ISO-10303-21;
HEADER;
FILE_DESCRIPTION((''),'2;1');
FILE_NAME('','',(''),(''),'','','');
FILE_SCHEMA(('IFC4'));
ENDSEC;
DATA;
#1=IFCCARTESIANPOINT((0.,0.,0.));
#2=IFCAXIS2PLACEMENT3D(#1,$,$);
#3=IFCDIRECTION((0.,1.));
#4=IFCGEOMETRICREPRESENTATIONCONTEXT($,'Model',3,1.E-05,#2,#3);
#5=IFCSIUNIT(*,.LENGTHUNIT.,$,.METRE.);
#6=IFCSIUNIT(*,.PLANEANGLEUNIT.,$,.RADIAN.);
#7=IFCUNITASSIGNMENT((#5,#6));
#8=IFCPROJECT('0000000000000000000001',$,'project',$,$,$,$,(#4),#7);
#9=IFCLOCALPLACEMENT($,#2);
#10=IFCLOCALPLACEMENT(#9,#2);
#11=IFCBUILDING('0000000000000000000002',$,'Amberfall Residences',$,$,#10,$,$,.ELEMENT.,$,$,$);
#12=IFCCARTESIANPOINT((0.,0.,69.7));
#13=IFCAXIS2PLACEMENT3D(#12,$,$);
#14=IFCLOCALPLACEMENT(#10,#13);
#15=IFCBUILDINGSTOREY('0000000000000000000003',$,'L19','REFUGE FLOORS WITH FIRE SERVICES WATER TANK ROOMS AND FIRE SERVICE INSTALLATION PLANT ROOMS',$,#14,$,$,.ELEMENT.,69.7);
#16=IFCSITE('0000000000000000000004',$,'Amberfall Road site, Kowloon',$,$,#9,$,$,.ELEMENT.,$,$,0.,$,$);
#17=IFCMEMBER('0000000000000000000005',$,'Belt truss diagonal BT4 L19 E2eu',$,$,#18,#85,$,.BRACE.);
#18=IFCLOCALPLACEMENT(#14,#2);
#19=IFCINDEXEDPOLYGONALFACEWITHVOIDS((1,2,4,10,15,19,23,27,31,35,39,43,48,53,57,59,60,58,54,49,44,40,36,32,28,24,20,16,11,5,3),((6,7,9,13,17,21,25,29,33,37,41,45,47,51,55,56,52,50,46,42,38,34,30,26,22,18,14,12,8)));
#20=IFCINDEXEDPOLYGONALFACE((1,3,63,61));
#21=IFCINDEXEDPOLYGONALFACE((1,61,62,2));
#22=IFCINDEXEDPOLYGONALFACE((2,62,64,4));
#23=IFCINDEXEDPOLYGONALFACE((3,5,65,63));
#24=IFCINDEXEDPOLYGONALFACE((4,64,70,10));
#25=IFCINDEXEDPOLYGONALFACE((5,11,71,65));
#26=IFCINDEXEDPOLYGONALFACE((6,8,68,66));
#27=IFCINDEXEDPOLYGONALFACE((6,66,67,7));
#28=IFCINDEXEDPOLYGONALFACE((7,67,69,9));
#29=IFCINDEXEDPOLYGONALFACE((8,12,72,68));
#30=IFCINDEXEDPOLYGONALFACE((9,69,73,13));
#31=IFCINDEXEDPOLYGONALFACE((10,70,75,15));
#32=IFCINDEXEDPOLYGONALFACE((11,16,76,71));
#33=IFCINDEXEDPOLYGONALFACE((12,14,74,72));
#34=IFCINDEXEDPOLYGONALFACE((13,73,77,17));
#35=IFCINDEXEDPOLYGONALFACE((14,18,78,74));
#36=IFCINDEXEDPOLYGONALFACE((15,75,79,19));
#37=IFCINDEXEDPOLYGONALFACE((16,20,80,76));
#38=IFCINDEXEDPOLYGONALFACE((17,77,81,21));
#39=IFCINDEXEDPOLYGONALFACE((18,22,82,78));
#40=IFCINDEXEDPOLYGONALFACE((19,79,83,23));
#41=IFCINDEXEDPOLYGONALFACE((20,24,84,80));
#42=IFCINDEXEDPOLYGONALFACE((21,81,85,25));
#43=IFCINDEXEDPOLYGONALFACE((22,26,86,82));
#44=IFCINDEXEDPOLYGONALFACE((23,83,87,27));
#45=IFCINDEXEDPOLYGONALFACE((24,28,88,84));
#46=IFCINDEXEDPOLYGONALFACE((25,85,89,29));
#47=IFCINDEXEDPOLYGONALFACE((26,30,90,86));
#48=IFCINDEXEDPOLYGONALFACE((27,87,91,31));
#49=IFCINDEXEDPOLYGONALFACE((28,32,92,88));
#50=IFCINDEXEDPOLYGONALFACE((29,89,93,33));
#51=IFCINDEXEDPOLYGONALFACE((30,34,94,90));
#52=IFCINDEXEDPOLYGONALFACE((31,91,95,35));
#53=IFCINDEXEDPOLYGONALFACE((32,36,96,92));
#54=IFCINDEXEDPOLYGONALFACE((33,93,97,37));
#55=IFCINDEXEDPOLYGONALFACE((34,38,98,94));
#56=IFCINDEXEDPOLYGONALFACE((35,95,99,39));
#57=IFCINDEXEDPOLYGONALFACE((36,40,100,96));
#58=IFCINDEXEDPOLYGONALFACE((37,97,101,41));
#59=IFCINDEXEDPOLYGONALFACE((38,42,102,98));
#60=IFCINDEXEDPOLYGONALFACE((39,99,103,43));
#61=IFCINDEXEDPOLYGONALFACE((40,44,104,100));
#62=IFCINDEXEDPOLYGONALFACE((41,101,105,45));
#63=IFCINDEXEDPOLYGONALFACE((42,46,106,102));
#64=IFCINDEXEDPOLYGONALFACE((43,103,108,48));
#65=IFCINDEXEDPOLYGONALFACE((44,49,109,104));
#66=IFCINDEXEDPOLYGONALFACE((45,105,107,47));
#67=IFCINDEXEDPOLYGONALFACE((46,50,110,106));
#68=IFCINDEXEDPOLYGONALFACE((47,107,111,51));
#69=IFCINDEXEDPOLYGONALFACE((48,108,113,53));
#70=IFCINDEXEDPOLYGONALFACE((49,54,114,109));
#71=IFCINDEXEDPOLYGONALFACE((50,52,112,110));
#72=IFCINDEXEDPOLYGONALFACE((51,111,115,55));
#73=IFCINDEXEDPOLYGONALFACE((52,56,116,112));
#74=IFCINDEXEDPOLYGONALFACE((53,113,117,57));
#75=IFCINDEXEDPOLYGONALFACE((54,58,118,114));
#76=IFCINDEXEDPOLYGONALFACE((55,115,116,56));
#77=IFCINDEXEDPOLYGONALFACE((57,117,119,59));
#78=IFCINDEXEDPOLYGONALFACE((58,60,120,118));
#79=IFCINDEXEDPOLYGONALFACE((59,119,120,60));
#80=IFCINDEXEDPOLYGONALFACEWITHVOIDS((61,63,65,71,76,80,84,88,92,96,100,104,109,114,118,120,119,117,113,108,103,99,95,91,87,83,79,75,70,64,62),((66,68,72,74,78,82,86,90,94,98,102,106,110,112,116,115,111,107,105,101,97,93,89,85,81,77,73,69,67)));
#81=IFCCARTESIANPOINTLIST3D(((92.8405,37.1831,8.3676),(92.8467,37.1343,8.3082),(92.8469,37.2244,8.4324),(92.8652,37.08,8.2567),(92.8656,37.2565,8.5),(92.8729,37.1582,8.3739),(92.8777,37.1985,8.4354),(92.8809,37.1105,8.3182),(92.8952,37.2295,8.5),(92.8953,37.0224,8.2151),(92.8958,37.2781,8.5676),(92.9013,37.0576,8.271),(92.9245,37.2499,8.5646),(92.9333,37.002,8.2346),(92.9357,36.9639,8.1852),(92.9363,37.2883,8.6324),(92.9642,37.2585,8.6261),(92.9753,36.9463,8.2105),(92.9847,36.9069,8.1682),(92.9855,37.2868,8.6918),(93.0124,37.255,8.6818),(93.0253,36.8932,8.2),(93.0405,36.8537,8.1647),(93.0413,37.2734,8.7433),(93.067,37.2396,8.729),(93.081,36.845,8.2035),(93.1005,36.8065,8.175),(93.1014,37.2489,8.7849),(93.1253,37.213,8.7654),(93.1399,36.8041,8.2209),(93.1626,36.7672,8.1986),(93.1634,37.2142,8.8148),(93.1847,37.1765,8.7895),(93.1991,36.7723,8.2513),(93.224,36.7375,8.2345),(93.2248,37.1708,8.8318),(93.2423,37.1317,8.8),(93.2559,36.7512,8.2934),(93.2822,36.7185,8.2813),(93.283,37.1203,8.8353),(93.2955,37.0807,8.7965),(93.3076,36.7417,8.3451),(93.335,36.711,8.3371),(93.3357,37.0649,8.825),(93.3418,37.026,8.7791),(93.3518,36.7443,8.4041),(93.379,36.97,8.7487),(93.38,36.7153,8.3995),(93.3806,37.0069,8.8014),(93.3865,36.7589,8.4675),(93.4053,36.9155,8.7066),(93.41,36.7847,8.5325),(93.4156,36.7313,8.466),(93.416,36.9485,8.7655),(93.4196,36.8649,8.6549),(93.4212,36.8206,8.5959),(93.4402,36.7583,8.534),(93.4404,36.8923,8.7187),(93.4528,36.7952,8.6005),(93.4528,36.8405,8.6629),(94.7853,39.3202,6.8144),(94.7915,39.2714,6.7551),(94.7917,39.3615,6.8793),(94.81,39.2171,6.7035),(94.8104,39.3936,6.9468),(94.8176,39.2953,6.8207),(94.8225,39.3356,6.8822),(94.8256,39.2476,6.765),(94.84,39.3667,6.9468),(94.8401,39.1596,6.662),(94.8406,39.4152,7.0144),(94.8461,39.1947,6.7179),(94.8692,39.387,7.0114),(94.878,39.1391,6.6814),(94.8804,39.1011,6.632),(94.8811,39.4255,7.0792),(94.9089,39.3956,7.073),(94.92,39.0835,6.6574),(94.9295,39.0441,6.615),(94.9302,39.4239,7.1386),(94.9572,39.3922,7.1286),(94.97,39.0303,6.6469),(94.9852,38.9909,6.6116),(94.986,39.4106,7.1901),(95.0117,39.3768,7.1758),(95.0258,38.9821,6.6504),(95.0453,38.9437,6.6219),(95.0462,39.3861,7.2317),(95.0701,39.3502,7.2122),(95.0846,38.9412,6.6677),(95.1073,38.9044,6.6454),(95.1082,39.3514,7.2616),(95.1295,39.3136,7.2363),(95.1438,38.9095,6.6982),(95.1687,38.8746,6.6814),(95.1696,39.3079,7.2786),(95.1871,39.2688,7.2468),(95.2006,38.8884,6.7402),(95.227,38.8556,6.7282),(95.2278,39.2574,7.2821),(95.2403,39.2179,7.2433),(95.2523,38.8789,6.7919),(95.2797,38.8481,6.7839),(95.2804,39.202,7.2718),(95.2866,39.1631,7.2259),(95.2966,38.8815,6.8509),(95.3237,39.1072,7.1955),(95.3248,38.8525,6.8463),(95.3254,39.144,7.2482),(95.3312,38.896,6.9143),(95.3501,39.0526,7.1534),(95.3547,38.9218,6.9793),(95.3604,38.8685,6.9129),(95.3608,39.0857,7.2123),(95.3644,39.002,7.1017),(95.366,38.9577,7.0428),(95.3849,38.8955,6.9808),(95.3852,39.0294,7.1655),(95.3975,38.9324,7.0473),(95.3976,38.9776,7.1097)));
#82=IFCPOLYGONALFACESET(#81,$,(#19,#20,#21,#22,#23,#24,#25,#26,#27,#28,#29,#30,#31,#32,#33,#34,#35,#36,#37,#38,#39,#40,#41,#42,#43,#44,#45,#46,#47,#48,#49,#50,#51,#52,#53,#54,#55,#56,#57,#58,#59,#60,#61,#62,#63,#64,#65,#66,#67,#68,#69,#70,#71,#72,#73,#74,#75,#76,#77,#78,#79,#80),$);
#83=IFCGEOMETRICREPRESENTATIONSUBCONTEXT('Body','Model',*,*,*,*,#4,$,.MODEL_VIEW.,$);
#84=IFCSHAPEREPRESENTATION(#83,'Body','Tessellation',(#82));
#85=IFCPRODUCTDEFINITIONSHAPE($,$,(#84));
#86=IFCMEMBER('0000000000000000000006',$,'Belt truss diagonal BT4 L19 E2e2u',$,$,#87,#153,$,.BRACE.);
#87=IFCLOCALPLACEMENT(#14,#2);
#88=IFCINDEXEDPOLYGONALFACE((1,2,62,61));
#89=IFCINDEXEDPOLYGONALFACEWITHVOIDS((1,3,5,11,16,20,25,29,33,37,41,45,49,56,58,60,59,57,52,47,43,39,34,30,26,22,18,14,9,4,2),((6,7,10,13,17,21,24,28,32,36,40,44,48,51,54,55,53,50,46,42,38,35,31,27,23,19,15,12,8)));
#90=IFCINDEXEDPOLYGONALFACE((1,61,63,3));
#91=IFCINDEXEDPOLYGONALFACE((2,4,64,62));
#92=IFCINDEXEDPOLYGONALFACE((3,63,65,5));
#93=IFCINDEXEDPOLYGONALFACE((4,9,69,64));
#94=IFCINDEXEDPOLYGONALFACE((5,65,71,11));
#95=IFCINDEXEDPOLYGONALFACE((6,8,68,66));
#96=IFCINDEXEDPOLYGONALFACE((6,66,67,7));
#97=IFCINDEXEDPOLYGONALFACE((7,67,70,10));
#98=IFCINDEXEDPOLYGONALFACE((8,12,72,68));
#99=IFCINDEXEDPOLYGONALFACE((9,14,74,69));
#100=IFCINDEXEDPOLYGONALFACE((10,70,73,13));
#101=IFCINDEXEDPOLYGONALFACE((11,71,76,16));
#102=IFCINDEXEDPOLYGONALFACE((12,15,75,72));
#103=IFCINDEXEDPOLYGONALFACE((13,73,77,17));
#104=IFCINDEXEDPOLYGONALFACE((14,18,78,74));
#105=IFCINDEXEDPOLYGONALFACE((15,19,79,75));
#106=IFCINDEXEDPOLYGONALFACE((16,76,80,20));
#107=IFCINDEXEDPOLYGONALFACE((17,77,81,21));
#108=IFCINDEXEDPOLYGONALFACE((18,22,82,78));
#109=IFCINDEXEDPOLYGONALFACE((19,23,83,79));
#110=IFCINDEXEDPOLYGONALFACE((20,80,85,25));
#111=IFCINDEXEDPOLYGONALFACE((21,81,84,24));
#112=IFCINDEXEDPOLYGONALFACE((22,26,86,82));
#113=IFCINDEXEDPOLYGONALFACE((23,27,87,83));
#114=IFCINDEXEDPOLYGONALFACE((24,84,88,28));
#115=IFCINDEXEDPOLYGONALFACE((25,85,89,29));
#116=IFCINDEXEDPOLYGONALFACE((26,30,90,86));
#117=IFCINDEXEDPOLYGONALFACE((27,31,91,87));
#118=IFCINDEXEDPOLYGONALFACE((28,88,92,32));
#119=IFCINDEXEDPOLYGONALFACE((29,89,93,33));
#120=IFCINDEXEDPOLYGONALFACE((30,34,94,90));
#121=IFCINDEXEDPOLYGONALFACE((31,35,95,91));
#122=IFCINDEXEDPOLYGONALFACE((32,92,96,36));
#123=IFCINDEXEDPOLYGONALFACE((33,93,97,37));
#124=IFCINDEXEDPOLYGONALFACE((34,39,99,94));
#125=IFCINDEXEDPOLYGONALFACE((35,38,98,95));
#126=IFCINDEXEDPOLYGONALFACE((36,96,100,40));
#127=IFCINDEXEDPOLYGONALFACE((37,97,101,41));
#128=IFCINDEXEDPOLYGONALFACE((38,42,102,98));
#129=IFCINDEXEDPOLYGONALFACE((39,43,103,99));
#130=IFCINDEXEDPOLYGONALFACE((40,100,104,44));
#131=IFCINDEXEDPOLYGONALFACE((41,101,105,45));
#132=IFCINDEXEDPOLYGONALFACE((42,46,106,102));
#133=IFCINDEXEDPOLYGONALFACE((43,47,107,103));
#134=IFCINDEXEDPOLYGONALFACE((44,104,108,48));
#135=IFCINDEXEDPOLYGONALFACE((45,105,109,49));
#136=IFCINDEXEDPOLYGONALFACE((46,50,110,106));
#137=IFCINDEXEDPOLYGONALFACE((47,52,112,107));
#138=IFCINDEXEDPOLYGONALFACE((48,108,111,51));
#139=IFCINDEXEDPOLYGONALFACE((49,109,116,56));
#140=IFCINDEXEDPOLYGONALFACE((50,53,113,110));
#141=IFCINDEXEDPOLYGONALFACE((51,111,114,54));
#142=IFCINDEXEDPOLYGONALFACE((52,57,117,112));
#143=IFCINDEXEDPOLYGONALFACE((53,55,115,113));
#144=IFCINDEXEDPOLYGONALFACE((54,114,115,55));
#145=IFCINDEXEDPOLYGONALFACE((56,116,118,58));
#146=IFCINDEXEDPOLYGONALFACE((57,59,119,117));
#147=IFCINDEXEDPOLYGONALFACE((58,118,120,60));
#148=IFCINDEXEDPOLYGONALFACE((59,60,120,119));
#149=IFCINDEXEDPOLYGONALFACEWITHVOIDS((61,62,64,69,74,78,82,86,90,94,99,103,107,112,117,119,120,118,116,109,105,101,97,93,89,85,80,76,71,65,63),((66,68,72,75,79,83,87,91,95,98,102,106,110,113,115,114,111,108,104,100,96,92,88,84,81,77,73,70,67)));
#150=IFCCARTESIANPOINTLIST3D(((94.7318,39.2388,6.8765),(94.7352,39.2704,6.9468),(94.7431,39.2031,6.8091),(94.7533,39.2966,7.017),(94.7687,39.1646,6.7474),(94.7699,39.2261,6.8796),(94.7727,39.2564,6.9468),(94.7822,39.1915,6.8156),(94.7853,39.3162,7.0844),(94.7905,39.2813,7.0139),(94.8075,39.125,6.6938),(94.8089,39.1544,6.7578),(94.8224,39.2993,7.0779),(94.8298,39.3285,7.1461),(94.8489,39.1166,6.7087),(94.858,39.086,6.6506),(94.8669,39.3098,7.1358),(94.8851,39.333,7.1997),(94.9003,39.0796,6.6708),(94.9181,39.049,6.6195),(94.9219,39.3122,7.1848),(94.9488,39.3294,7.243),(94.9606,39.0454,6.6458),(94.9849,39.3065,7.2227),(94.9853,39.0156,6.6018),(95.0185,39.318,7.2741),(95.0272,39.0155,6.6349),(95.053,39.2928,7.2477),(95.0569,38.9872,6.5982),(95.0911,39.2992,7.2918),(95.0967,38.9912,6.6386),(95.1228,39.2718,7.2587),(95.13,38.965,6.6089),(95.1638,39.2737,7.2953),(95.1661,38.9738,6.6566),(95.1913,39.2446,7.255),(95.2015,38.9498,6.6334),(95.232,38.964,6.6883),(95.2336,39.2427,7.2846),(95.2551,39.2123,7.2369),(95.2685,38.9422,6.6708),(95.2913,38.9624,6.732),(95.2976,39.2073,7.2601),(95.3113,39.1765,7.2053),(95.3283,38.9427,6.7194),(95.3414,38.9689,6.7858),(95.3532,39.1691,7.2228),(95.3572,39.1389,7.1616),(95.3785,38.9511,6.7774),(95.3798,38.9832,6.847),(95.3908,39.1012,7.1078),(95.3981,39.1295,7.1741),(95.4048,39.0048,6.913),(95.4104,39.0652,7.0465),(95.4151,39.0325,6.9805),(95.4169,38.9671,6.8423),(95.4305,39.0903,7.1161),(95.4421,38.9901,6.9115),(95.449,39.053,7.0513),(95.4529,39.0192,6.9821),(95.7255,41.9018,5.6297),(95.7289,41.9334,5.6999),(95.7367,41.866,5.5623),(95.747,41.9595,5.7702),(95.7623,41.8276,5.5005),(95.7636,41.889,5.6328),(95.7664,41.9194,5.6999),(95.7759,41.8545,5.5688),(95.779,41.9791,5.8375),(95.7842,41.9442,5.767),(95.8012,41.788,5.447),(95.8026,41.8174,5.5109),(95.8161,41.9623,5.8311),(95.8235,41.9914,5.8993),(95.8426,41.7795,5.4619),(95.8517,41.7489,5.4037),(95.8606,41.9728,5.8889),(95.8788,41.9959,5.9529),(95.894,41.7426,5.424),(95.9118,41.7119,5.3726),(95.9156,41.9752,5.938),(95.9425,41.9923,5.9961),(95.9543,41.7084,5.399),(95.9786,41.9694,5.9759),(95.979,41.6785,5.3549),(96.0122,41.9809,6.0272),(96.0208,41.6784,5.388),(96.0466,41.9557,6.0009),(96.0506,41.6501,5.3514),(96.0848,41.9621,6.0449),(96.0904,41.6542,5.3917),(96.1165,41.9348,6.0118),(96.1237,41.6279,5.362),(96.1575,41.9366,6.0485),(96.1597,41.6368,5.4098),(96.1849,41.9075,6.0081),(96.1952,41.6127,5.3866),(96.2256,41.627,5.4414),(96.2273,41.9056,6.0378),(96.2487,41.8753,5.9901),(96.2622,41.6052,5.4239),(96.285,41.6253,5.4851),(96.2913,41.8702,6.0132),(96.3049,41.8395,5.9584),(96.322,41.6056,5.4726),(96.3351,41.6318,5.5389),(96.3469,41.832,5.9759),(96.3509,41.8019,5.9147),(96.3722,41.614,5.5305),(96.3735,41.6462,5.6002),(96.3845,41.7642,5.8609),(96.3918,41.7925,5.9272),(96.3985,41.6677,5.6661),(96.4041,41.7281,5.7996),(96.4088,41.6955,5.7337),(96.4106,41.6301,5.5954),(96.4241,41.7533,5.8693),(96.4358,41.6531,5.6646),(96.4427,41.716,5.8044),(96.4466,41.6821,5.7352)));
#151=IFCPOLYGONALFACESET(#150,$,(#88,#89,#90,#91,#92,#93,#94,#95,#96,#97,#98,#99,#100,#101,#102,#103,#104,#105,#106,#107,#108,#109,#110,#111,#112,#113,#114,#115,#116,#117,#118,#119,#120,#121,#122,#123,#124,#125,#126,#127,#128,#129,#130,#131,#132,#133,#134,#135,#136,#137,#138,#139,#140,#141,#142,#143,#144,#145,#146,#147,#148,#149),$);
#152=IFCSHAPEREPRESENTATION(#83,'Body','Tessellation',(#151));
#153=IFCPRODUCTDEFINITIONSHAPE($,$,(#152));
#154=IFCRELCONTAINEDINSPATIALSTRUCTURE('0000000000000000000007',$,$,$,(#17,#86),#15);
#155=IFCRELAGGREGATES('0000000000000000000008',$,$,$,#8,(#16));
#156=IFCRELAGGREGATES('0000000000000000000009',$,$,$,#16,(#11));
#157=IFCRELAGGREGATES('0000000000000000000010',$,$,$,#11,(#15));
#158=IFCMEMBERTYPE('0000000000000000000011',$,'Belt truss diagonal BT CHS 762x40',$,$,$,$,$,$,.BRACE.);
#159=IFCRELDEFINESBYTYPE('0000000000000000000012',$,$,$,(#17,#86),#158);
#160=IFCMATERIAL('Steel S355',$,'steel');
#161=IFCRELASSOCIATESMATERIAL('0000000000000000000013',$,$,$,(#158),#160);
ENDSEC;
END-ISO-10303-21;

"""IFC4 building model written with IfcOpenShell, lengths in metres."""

from ifc_helpers import new_model, si_unit, direction, frame, origin, origin_2d, place, context, subcontext, project, spatial, hollow_circle, extrude, material, material_profile, profile_set, type_object, element, save


model = new_model("IFC4")

# Units and contexts
model_context = context("Model", 3, precision=1e-05, world=origin(), true_north=direction((0.0, 1.0)))
body_context = subcontext(model_context, "Body", "Model", "MODEL_VIEW")
ifc_project = project(units=[si_unit("LENGTHUNIT", "METRE"), si_unit("PLANEANGLEUNIT", "RADIAN")], contexts=[model_context])

# Site, building, storey
site_placement = place(None, origin())
site = spatial("IfcSite", under=ifc_project, at=site_placement, Name="Amberfall Road site, Kowloon", CompositionType="ELEMENT", RefElevation=0.0)
building_placement = place(site_placement, origin())
building = spatial("IfcBuilding", under=site, at=building_placement, Name="Amberfall Residences", CompositionType="ELEMENT")
storey_placement = place(building_placement, frame((0.0, 0.0, 69.7)))
storey = spatial("IfcBuildingStorey", under=building, at=storey_placement, Name="L19", Description="REFUGE FLOORS WITH FIRE SERVICES WATER TANK ROOMS AND FIRE SERVICE INSTALLATION PLANT ROOMS", CompositionType="ELEMENT", Elevation=69.7)

# Shared definitions
ifc_material_1 = material(Name="Steel S355", Category="steel")

# Members
ifc_material_profile_1 = material_profile(ifc_material_1, hollow_circle(Radius=0.3811, WallThickness=0.04, at=origin_2d()), Name="CHS 762x40")
ifc_profile_set_1 = profile_set([ifc_material_profile_1], Name="Steel S355")
member_type_1 = type_object("IfcMemberType", Name="Belt truss diagonal BT CHS 762x40", PredefinedType="BRACE", material=ifc_profile_set_1)
member_1_placement = place(storey_placement, frame((93.1475, 37.0, 8.5), z_axis=(0.592821, 0.651464, -0.473453), x_axis=(-0.739611, 0.673034, 0.0)))
element("IfcMember", 1, at=member_1_placement, inside=storey, type_object=member_type_1, Name="Belt truss diagonal BT4 L19 E2eu", PredefinedType="BRACE", context=body_context, shape_type="SweptSolid", body=[
    extrude(hollow_circle(Radius=0.3811, WallThickness=0.04, at=origin_2d()), origin(), (0.0, 0.0, 1.0), 3.2805),
])
member_2_placement = place(storey_placement, frame((95.0923, 39.1372, 6.9468), z_axis=(0.320156, 0.857971, -0.401729), x_axis=(-0.936896, 0.349607, 0.0)))
element("IfcMember", 2, at=member_2_placement, inside=storey, type_object=member_type_1, Name="Belt truss diagonal BT4 L19 E2e2u", PredefinedType="BRACE", context=body_context, shape_type="SweptSolid", body=[
    extrude(hollow_circle(Radius=0.3811, WallThickness=0.04, at=origin_2d()), origin(), (0.0, 0.0, 1.0), 3.1038),
])

save(model, "model.ifc")
